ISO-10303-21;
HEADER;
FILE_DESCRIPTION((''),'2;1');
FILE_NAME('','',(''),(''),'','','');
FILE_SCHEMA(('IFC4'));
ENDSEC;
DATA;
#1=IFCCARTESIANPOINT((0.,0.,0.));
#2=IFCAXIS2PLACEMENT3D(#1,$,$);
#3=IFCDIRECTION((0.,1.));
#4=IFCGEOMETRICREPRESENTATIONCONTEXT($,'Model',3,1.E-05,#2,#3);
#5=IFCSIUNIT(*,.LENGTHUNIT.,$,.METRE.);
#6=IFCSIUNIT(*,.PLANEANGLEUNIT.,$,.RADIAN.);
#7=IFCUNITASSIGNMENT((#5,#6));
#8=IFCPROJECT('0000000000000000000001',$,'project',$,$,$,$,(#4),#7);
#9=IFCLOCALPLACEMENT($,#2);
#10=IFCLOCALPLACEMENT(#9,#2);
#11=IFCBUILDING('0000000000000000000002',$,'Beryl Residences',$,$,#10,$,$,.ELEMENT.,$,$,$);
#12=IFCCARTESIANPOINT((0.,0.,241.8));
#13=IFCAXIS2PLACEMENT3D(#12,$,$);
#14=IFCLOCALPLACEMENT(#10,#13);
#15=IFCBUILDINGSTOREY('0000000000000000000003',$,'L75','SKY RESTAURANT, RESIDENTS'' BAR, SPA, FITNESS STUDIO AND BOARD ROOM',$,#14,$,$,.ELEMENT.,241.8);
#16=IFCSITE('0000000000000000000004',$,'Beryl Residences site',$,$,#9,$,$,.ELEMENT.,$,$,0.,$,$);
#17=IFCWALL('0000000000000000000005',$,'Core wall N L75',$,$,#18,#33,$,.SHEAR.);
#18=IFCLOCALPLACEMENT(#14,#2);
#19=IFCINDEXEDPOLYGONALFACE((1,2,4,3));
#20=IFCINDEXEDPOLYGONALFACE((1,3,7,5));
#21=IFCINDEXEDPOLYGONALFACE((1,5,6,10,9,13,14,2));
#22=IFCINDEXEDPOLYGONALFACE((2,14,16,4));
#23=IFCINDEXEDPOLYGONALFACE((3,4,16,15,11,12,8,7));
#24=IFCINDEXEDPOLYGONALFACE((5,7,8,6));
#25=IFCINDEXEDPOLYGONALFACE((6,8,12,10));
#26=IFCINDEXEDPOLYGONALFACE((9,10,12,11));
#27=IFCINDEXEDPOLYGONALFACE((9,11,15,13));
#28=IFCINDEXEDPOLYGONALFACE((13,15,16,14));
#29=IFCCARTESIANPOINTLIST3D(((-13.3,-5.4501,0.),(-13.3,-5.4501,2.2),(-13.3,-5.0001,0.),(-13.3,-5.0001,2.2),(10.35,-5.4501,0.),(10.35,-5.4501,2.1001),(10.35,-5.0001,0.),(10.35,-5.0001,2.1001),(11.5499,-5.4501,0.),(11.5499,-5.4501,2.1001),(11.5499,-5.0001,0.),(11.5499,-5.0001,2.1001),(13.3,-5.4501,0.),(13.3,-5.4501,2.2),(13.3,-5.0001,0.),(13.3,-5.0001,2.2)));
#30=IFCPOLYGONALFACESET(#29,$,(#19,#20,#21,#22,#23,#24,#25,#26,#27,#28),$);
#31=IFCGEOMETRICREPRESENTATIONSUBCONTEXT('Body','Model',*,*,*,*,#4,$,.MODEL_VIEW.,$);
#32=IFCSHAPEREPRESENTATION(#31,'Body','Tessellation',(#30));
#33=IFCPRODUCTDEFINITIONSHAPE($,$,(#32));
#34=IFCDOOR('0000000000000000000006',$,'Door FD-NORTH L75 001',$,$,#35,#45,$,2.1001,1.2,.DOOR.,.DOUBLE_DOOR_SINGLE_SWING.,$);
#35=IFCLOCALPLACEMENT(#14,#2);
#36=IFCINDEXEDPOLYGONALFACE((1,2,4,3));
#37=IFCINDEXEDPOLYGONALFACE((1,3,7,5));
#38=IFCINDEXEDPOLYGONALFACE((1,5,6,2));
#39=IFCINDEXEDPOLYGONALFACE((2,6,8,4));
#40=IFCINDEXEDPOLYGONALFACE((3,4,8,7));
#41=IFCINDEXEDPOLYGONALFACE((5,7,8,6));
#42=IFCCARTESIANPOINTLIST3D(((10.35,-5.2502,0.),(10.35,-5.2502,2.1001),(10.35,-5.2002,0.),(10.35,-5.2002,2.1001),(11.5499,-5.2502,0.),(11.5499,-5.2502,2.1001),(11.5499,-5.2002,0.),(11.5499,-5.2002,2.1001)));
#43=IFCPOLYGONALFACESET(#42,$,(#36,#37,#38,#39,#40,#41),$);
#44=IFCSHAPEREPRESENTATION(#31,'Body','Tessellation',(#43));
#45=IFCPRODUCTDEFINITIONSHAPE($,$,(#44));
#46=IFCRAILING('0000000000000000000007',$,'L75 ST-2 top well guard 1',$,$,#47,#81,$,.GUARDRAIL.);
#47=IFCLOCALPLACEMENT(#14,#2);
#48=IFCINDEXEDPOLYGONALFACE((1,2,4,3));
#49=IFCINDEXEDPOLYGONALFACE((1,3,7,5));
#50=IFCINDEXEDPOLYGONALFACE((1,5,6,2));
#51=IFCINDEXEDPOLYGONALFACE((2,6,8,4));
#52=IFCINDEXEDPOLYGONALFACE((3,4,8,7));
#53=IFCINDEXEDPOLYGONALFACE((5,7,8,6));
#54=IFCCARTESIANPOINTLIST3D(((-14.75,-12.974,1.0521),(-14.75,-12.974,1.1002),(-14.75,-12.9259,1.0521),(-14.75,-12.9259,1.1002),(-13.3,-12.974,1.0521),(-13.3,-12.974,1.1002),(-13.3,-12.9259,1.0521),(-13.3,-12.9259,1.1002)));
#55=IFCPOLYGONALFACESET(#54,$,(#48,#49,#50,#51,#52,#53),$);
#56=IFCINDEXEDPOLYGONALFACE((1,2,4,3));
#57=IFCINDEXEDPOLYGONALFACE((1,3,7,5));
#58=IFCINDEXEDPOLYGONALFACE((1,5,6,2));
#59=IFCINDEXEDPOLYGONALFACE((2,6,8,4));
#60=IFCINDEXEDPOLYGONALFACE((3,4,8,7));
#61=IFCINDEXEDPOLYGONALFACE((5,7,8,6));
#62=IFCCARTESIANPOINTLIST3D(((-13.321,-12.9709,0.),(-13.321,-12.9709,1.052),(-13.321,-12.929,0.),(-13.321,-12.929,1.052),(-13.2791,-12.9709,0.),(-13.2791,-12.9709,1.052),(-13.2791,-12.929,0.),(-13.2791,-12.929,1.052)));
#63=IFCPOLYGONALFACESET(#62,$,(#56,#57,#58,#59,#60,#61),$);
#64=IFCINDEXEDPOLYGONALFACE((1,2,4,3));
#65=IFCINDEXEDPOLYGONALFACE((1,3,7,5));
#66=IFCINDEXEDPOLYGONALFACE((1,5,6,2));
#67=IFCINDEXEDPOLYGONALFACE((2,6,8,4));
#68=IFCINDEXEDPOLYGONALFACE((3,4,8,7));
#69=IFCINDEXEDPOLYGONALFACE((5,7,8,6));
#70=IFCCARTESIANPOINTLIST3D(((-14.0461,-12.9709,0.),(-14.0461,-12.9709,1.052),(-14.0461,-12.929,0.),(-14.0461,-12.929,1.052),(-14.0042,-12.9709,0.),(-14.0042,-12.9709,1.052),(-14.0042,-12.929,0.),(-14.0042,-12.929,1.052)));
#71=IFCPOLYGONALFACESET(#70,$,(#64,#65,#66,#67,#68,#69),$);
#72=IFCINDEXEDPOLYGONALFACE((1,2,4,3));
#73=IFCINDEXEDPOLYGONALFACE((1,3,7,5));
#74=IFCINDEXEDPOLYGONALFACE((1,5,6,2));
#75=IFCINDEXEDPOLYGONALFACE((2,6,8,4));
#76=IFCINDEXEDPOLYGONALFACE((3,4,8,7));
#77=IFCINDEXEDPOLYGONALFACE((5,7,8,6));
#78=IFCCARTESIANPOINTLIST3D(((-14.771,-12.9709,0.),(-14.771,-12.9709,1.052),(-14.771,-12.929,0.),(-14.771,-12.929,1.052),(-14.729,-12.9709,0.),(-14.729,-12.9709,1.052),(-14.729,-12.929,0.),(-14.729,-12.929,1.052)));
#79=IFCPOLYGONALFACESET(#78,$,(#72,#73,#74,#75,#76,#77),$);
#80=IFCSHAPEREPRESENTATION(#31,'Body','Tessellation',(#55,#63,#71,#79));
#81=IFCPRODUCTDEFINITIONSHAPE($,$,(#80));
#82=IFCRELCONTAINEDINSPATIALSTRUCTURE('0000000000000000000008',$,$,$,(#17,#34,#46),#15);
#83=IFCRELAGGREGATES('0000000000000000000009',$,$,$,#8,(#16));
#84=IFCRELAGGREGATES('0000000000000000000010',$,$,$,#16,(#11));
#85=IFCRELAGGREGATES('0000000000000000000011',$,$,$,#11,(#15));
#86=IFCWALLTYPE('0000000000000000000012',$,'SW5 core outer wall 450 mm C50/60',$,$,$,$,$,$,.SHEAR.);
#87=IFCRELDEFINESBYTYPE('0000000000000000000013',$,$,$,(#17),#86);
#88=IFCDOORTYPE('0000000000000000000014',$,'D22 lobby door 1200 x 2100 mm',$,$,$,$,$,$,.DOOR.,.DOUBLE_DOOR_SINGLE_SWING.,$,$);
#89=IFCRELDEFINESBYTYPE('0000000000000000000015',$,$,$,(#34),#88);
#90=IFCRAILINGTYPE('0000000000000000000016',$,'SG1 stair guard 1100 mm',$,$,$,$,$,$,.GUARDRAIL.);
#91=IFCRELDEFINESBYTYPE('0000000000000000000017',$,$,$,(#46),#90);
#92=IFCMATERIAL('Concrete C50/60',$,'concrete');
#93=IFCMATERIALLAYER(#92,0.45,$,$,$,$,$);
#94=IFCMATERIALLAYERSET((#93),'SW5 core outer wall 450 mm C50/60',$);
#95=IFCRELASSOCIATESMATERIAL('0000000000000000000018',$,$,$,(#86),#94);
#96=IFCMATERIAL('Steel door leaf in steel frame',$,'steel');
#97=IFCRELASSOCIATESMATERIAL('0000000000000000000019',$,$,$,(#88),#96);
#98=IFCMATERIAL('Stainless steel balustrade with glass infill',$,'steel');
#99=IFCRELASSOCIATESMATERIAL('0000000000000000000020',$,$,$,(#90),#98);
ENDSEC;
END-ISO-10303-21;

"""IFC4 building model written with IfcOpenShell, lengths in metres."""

from ifc_helpers import new_model, si_unit, direction, frame, frame_2d, origin, origin_2d, place, context, subcontext, project, spatial, rectangle, extrude, material, layer, layer_set, type_object, element, fill, save


model = new_model("IFC4")

# Units and contexts
model_context = context("Model", 3, precision=1e-05, world=origin(), true_north=direction((0.0, 1.0)))
body_context = subcontext(model_context, "Body", "Model", "MODEL_VIEW")
ifc_project = project(units=[si_unit("LENGTHUNIT", "METRE"), si_unit("PLANEANGLEUNIT", "RADIAN")], contexts=[model_context])

# Site, building, storey
site_placement = place(None, origin())
site = spatial("IfcSite", under=ifc_project, at=site_placement, Name="Beryl Residences site", CompositionType="ELEMENT", RefElevation=0.0)
building_placement = place(site_placement, origin())
building = spatial("IfcBuilding", under=site, at=building_placement, Name="Beryl Residences", CompositionType="ELEMENT")
storey_placement = place(building_placement, frame((0.0, 0.0, 241.8)))
storey = spatial("IfcBuildingStorey", under=building, at=storey_placement, Name="L75", Description="SKY RESTAURANT, RESIDENTS' BAR, SPA, FITNESS STUDIO AND BOARD ROOM", CompositionType="ELEMENT", Elevation=241.8)

# Wall, opening, door
ifc_material_1 = material(Name="Concrete C50/60", Category="concrete")
ifc_layer_1 = layer(ifc_material_1, 0.45)
ifc_layer_set_1 = layer_set([ifc_layer_1], Name="SW5 core outer wall 450 mm C50/60")
wall_type_1 = type_object("IfcWallType", Name="SW5 core outer wall 450 mm C50/60", PredefinedType="SHEAR", material=ifc_layer_set_1)
wall_1_placement = place(storey_placement, frame((-13.3, -5.2251, 0.0), z_axis=(0.0, 0.0, 1.0), x_axis=(1.0, 0.0, 0.0)))
wall_1 = element("IfcWall", 1, at=wall_1_placement, inside=storey, type_object=wall_type_1, Name="Core wall N L75", PredefinedType="SHEAR", context=body_context, shape_type="SweptSolid", body=[
    extrude(rectangle(XDim=26.6001, YDim=0.45, at=frame_2d((13.3, 0.0))), origin(), (0.0, 0.0, 1.0), 2.2),
])
opening_1_placement = place(wall_1_placement, frame((23.6499, 0.0, 0.0)))
opening_1 = element("IfcOpeningElement", 2, at=opening_1_placement, cuts=wall_1, PredefinedType="OPENING", context=body_context, shape_type="SweptSolid", body=[
    extrude(rectangle(XDim=1.2, YDim=2.1001, at=frame_2d((0.6001, 1.05))), frame((0.0, 0.2349, 0.0), z_axis=(0.0, -1.0, 0.0), x_axis=(1.0, 0.0, 0.0)), (0.0, 0.0, 1.0), 0.47),
])
ifc_material_2 = material(Name="Steel door leaf in steel frame", Category="steel")
door_type_1 = type_object("IfcDoorType", Name="D22 lobby door 1200 x 2100 mm", OperationType="DOUBLE_DOOR_SINGLE_SWING", PredefinedType="DOOR", material=ifc_material_2)
door_1_placement = place(opening_1_placement, origin())
door_1 = element("IfcDoor", 3, at=door_1_placement, inside=storey, type_object=door_type_1, Name="Door FD-NORTH L75 001", OperationType="DOUBLE_DOOR_SINGLE_SWING", OverallHeight=2.1001, OverallWidth=1.2, PredefinedType="DOOR", context=body_context, shape_type="SweptSolid", body=[
    extrude(rectangle(XDim=1.2, YDim=2.1001, at=frame_2d((0.6001, 1.05))), frame((0.0, 0.0249, 0.0), z_axis=(0.0, -1.0, 0.0), x_axis=(1.0, 0.0, 0.0)), (0.0, 0.0, 1.0), 0.05),
])
fill(opening_1, door_1)

# Railing
ifc_material_3 = material(Name="Stainless steel balustrade with glass infill", Category="steel")
railing_type = type_object("IfcRailingType", Name="SG1 stair guard 1100 mm", PredefinedType="GUARDRAIL", material=ifc_material_3)
railing_placement = place(storey_placement, frame((-13.3, -12.95, 0.0)))
element("IfcRailing", 4, at=railing_placement, inside=storey, type_object=railing_type, Name="L75 ST-2 top well guard 1", PredefinedType="GUARDRAIL", context=body_context, shape_type="SweptSolid", body=[
    extrude(rectangle(XDim=0.0481, YDim=0.0481, at=origin_2d()), frame((0.0, 0.0, 1.0762), z_axis=(-1.0, 0.0, 0.0), x_axis=(0.0, -1.0, 0.0)), (0.0, 0.0, 1.0), 1.45),
    extrude(rectangle(XDim=0.042, YDim=0.042, at=origin_2d()), origin(), (0.0, 0.0, 1.0), 1.052),
    extrude(rectangle(XDim=0.042, YDim=0.042, at=origin_2d()), frame((-0.7251, 0.0, 0.0)), (0.0, 0.0, 1.0), 1.052),
    extrude(rectangle(XDim=0.042, YDim=0.042, at=origin_2d()), frame((-1.45, 0.0, 0.0)), (0.0, 0.0, 1.0), 1.052),
])

save(model, "model.ifc")
